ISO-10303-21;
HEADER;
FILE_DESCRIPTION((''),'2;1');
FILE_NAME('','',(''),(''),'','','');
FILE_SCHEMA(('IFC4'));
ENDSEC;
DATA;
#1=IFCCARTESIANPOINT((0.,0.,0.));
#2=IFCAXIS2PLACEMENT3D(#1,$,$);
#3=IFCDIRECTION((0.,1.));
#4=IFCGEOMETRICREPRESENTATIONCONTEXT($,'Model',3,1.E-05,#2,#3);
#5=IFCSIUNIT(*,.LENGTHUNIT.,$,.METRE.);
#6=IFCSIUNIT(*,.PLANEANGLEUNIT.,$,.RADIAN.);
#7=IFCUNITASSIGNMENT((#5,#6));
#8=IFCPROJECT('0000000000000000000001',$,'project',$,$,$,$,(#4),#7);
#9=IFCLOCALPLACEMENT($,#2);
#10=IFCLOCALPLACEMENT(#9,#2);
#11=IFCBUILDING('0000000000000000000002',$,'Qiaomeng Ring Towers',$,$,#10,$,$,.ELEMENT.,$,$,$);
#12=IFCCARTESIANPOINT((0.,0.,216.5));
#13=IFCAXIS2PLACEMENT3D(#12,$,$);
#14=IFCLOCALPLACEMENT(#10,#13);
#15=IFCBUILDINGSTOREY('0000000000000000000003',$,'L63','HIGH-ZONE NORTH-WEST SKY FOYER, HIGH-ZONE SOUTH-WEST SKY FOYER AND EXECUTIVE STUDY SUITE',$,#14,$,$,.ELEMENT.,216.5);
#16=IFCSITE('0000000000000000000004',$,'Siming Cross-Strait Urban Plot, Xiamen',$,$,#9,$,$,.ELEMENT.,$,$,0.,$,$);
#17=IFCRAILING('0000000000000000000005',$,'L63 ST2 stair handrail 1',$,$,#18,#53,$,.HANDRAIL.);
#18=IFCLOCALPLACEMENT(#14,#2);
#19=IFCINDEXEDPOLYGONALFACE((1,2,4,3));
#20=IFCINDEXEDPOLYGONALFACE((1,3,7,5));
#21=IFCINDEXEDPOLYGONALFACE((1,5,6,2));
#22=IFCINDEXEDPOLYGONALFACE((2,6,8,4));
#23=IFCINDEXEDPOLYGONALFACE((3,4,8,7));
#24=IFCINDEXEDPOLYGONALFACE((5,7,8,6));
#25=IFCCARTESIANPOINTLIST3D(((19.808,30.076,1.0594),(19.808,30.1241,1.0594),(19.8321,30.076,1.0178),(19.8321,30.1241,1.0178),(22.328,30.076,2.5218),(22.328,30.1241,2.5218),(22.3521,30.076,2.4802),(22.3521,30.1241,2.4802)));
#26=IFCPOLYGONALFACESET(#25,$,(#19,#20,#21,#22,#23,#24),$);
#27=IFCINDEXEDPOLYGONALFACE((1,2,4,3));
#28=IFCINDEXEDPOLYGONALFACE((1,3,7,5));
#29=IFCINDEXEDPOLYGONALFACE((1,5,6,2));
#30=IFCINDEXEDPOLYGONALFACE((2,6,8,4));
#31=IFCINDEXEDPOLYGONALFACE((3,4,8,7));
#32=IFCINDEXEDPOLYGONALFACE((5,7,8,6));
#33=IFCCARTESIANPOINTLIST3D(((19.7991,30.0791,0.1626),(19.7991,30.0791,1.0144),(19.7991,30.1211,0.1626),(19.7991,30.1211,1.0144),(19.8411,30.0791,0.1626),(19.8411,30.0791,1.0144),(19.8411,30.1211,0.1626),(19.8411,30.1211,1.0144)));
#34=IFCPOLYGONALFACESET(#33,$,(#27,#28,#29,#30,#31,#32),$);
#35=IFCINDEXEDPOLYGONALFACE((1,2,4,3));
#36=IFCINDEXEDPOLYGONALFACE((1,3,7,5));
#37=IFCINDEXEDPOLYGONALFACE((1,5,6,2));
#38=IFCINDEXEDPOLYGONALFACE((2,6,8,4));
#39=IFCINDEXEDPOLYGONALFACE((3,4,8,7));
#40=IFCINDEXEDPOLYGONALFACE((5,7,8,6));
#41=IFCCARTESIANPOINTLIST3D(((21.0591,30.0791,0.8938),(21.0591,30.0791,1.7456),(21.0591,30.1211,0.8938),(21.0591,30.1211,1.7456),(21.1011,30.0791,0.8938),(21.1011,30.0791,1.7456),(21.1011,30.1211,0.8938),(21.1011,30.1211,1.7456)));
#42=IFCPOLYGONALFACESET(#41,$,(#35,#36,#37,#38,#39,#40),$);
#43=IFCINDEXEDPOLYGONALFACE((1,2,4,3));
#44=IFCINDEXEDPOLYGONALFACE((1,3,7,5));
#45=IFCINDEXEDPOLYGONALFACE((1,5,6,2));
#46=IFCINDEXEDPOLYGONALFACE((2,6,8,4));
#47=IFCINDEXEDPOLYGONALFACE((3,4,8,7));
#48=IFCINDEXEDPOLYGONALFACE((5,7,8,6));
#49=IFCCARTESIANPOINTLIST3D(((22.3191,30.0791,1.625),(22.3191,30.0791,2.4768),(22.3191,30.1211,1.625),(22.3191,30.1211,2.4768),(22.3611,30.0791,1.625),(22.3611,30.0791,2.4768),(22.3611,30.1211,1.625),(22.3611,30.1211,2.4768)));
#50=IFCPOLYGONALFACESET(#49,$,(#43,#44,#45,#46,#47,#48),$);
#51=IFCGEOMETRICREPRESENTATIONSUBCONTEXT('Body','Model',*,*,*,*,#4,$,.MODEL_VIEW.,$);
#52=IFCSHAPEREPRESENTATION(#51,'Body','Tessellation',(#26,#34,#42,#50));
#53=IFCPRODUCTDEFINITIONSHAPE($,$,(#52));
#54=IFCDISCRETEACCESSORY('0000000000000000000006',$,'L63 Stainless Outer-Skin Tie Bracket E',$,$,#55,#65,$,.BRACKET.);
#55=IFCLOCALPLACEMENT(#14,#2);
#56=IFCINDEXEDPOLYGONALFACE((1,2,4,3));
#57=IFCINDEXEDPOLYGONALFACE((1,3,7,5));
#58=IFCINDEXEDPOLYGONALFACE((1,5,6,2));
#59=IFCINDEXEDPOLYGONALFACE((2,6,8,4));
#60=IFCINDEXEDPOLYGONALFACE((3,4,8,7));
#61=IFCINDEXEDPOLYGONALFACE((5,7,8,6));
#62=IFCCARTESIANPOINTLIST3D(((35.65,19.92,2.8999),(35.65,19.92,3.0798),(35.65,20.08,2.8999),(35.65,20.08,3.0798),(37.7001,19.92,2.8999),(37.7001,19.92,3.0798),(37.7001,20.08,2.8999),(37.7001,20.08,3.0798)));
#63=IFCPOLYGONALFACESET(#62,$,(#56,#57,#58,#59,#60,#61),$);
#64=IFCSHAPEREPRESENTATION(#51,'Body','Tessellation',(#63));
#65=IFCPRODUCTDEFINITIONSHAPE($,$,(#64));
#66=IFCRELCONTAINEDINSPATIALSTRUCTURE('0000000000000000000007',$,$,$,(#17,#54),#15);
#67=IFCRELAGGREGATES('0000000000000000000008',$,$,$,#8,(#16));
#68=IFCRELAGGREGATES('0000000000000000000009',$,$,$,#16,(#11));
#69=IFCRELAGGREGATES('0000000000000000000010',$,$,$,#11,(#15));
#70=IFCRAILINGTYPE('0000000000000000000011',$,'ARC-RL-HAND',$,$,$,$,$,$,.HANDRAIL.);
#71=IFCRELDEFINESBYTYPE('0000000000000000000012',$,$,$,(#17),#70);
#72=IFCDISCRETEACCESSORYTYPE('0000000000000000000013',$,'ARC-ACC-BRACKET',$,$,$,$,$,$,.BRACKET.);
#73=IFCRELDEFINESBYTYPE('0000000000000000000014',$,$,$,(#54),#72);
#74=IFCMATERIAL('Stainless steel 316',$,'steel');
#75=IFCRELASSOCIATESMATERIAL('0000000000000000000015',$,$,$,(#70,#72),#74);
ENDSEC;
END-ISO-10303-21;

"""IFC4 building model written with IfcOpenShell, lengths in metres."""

from ifc_helpers import new_model, si_unit, direction, frame, origin, origin_2d, place, context, subcontext, project, spatial, rectangle, extrude, source, transform, mapped, material, type_object, element, save


model = new_model("IFC4")

# Units and contexts
model_context = context("Model", 3, precision=1e-05, world=origin(), true_north=direction((0.0, 1.0)))
body_context = subcontext(model_context, "Body", "Model", "MODEL_VIEW")
ifc_project = project(units=[si_unit("LENGTHUNIT", "METRE"), si_unit("PLANEANGLEUNIT", "RADIAN")], contexts=[model_context])

# Site, building, storey
site_placement = place(None, origin())
site = spatial("IfcSite", under=ifc_project, at=site_placement, Name="Siming Cross-Strait Urban Plot, Xiamen", CompositionType="ELEMENT", RefElevation=0.0)
building_placement = place(site_placement, origin())
building = spatial("IfcBuilding", under=site, at=building_placement, Name="Qiaomeng Ring Towers", CompositionType="ELEMENT")
storey_placement = place(building_placement, frame((0.0, 0.0, 216.5)))
storey = spatial("IfcBuildingStorey", under=building, at=storey_placement, Name="L63", Description="HIGH-ZONE NORTH-WEST SKY FOYER, HIGH-ZONE SOUTH-WEST SKY FOYER AND EXECUTIVE STUDY SUITE", CompositionType="ELEMENT", Elevation=216.5)

# Shared definitions
ifc_material_1 = material(Name="Stainless steel 316", Category="steel")

# Railing
railing_type_1 = type_object("IfcRailingType", Name="ARC-RL-HAND", PredefinedType="HANDRAIL", material=ifc_material_1)
railing_1_placement = place(storey_placement, frame((19.8201, 30.1001, 0.1626)))
element("IfcRailing", 1, at=railing_1_placement, inside=storey, type_object=railing_type_1, Name="L63 ST2 stair handrail 1", PredefinedType="HANDRAIL", context=body_context, shape_type="SweptSolid", body=[
    extrude(rectangle(XDim=0.0481, YDim=0.0481, at=origin_2d()), frame((0.0, 0.0, 0.876), z_axis=(0.864913, 0.0, 0.501921), x_axis=(0.0, 1.0, 0.0)), (0.0, 0.0, 1.0), 2.9136),
    extrude(rectangle(XDim=0.042, YDim=0.042, at=origin_2d()), origin(), (0.0, 0.0, 1.0), 0.8518),
    extrude(rectangle(XDim=0.042, YDim=0.042, at=origin_2d()), frame((1.26, 0.0, 0.7312)), (0.0, 0.0, 1.0), 0.8518),
    extrude(rectangle(XDim=0.042, YDim=0.042, at=origin_2d()), frame((2.52, 0.0, 1.4624)), (0.0, 0.0, 1.0), 0.8518),
])

# Discrete accessory
discrete_accessory_type = type_object("IfcDiscreteAccessoryType", Name="ARC-ACC-BRACKET", PredefinedType="BRACKET", material=ifc_material_1)
shared_shape_1 = source(origin(), body_context, "Body", "SweptSolid", [
    extrude(rectangle(XDim=2.05, YDim=0.1599, at=origin_2d()), origin(), (0.0, 0.0, 1.0), 0.1799),
])
discrete_accessory_placement = place(storey_placement, frame((36.675, 20.0, 2.8999), z_axis=(0.0, 0.0, 1.0), x_axis=(1.0, 0.0, 0.0)))
element("IfcDiscreteAccessory", 2, at=discrete_accessory_placement, inside=storey, type_object=discrete_accessory_type, Name="L63 Stainless Outer-Skin Tie Bracket E", PredefinedType="BRACKET", context=body_context, shape_type="MappedRepresentation", body=[
    mapped(shared_shape_1, transform((0.0, 0.0, 0.0), x_axis=(1.0, 0.0, 0.0), y_axis=(0.0, 1.0, 0.0), z_axis=(0.0, 0.0, 1.0), scale=1.0)),
])

save(model, "model.ifc")
